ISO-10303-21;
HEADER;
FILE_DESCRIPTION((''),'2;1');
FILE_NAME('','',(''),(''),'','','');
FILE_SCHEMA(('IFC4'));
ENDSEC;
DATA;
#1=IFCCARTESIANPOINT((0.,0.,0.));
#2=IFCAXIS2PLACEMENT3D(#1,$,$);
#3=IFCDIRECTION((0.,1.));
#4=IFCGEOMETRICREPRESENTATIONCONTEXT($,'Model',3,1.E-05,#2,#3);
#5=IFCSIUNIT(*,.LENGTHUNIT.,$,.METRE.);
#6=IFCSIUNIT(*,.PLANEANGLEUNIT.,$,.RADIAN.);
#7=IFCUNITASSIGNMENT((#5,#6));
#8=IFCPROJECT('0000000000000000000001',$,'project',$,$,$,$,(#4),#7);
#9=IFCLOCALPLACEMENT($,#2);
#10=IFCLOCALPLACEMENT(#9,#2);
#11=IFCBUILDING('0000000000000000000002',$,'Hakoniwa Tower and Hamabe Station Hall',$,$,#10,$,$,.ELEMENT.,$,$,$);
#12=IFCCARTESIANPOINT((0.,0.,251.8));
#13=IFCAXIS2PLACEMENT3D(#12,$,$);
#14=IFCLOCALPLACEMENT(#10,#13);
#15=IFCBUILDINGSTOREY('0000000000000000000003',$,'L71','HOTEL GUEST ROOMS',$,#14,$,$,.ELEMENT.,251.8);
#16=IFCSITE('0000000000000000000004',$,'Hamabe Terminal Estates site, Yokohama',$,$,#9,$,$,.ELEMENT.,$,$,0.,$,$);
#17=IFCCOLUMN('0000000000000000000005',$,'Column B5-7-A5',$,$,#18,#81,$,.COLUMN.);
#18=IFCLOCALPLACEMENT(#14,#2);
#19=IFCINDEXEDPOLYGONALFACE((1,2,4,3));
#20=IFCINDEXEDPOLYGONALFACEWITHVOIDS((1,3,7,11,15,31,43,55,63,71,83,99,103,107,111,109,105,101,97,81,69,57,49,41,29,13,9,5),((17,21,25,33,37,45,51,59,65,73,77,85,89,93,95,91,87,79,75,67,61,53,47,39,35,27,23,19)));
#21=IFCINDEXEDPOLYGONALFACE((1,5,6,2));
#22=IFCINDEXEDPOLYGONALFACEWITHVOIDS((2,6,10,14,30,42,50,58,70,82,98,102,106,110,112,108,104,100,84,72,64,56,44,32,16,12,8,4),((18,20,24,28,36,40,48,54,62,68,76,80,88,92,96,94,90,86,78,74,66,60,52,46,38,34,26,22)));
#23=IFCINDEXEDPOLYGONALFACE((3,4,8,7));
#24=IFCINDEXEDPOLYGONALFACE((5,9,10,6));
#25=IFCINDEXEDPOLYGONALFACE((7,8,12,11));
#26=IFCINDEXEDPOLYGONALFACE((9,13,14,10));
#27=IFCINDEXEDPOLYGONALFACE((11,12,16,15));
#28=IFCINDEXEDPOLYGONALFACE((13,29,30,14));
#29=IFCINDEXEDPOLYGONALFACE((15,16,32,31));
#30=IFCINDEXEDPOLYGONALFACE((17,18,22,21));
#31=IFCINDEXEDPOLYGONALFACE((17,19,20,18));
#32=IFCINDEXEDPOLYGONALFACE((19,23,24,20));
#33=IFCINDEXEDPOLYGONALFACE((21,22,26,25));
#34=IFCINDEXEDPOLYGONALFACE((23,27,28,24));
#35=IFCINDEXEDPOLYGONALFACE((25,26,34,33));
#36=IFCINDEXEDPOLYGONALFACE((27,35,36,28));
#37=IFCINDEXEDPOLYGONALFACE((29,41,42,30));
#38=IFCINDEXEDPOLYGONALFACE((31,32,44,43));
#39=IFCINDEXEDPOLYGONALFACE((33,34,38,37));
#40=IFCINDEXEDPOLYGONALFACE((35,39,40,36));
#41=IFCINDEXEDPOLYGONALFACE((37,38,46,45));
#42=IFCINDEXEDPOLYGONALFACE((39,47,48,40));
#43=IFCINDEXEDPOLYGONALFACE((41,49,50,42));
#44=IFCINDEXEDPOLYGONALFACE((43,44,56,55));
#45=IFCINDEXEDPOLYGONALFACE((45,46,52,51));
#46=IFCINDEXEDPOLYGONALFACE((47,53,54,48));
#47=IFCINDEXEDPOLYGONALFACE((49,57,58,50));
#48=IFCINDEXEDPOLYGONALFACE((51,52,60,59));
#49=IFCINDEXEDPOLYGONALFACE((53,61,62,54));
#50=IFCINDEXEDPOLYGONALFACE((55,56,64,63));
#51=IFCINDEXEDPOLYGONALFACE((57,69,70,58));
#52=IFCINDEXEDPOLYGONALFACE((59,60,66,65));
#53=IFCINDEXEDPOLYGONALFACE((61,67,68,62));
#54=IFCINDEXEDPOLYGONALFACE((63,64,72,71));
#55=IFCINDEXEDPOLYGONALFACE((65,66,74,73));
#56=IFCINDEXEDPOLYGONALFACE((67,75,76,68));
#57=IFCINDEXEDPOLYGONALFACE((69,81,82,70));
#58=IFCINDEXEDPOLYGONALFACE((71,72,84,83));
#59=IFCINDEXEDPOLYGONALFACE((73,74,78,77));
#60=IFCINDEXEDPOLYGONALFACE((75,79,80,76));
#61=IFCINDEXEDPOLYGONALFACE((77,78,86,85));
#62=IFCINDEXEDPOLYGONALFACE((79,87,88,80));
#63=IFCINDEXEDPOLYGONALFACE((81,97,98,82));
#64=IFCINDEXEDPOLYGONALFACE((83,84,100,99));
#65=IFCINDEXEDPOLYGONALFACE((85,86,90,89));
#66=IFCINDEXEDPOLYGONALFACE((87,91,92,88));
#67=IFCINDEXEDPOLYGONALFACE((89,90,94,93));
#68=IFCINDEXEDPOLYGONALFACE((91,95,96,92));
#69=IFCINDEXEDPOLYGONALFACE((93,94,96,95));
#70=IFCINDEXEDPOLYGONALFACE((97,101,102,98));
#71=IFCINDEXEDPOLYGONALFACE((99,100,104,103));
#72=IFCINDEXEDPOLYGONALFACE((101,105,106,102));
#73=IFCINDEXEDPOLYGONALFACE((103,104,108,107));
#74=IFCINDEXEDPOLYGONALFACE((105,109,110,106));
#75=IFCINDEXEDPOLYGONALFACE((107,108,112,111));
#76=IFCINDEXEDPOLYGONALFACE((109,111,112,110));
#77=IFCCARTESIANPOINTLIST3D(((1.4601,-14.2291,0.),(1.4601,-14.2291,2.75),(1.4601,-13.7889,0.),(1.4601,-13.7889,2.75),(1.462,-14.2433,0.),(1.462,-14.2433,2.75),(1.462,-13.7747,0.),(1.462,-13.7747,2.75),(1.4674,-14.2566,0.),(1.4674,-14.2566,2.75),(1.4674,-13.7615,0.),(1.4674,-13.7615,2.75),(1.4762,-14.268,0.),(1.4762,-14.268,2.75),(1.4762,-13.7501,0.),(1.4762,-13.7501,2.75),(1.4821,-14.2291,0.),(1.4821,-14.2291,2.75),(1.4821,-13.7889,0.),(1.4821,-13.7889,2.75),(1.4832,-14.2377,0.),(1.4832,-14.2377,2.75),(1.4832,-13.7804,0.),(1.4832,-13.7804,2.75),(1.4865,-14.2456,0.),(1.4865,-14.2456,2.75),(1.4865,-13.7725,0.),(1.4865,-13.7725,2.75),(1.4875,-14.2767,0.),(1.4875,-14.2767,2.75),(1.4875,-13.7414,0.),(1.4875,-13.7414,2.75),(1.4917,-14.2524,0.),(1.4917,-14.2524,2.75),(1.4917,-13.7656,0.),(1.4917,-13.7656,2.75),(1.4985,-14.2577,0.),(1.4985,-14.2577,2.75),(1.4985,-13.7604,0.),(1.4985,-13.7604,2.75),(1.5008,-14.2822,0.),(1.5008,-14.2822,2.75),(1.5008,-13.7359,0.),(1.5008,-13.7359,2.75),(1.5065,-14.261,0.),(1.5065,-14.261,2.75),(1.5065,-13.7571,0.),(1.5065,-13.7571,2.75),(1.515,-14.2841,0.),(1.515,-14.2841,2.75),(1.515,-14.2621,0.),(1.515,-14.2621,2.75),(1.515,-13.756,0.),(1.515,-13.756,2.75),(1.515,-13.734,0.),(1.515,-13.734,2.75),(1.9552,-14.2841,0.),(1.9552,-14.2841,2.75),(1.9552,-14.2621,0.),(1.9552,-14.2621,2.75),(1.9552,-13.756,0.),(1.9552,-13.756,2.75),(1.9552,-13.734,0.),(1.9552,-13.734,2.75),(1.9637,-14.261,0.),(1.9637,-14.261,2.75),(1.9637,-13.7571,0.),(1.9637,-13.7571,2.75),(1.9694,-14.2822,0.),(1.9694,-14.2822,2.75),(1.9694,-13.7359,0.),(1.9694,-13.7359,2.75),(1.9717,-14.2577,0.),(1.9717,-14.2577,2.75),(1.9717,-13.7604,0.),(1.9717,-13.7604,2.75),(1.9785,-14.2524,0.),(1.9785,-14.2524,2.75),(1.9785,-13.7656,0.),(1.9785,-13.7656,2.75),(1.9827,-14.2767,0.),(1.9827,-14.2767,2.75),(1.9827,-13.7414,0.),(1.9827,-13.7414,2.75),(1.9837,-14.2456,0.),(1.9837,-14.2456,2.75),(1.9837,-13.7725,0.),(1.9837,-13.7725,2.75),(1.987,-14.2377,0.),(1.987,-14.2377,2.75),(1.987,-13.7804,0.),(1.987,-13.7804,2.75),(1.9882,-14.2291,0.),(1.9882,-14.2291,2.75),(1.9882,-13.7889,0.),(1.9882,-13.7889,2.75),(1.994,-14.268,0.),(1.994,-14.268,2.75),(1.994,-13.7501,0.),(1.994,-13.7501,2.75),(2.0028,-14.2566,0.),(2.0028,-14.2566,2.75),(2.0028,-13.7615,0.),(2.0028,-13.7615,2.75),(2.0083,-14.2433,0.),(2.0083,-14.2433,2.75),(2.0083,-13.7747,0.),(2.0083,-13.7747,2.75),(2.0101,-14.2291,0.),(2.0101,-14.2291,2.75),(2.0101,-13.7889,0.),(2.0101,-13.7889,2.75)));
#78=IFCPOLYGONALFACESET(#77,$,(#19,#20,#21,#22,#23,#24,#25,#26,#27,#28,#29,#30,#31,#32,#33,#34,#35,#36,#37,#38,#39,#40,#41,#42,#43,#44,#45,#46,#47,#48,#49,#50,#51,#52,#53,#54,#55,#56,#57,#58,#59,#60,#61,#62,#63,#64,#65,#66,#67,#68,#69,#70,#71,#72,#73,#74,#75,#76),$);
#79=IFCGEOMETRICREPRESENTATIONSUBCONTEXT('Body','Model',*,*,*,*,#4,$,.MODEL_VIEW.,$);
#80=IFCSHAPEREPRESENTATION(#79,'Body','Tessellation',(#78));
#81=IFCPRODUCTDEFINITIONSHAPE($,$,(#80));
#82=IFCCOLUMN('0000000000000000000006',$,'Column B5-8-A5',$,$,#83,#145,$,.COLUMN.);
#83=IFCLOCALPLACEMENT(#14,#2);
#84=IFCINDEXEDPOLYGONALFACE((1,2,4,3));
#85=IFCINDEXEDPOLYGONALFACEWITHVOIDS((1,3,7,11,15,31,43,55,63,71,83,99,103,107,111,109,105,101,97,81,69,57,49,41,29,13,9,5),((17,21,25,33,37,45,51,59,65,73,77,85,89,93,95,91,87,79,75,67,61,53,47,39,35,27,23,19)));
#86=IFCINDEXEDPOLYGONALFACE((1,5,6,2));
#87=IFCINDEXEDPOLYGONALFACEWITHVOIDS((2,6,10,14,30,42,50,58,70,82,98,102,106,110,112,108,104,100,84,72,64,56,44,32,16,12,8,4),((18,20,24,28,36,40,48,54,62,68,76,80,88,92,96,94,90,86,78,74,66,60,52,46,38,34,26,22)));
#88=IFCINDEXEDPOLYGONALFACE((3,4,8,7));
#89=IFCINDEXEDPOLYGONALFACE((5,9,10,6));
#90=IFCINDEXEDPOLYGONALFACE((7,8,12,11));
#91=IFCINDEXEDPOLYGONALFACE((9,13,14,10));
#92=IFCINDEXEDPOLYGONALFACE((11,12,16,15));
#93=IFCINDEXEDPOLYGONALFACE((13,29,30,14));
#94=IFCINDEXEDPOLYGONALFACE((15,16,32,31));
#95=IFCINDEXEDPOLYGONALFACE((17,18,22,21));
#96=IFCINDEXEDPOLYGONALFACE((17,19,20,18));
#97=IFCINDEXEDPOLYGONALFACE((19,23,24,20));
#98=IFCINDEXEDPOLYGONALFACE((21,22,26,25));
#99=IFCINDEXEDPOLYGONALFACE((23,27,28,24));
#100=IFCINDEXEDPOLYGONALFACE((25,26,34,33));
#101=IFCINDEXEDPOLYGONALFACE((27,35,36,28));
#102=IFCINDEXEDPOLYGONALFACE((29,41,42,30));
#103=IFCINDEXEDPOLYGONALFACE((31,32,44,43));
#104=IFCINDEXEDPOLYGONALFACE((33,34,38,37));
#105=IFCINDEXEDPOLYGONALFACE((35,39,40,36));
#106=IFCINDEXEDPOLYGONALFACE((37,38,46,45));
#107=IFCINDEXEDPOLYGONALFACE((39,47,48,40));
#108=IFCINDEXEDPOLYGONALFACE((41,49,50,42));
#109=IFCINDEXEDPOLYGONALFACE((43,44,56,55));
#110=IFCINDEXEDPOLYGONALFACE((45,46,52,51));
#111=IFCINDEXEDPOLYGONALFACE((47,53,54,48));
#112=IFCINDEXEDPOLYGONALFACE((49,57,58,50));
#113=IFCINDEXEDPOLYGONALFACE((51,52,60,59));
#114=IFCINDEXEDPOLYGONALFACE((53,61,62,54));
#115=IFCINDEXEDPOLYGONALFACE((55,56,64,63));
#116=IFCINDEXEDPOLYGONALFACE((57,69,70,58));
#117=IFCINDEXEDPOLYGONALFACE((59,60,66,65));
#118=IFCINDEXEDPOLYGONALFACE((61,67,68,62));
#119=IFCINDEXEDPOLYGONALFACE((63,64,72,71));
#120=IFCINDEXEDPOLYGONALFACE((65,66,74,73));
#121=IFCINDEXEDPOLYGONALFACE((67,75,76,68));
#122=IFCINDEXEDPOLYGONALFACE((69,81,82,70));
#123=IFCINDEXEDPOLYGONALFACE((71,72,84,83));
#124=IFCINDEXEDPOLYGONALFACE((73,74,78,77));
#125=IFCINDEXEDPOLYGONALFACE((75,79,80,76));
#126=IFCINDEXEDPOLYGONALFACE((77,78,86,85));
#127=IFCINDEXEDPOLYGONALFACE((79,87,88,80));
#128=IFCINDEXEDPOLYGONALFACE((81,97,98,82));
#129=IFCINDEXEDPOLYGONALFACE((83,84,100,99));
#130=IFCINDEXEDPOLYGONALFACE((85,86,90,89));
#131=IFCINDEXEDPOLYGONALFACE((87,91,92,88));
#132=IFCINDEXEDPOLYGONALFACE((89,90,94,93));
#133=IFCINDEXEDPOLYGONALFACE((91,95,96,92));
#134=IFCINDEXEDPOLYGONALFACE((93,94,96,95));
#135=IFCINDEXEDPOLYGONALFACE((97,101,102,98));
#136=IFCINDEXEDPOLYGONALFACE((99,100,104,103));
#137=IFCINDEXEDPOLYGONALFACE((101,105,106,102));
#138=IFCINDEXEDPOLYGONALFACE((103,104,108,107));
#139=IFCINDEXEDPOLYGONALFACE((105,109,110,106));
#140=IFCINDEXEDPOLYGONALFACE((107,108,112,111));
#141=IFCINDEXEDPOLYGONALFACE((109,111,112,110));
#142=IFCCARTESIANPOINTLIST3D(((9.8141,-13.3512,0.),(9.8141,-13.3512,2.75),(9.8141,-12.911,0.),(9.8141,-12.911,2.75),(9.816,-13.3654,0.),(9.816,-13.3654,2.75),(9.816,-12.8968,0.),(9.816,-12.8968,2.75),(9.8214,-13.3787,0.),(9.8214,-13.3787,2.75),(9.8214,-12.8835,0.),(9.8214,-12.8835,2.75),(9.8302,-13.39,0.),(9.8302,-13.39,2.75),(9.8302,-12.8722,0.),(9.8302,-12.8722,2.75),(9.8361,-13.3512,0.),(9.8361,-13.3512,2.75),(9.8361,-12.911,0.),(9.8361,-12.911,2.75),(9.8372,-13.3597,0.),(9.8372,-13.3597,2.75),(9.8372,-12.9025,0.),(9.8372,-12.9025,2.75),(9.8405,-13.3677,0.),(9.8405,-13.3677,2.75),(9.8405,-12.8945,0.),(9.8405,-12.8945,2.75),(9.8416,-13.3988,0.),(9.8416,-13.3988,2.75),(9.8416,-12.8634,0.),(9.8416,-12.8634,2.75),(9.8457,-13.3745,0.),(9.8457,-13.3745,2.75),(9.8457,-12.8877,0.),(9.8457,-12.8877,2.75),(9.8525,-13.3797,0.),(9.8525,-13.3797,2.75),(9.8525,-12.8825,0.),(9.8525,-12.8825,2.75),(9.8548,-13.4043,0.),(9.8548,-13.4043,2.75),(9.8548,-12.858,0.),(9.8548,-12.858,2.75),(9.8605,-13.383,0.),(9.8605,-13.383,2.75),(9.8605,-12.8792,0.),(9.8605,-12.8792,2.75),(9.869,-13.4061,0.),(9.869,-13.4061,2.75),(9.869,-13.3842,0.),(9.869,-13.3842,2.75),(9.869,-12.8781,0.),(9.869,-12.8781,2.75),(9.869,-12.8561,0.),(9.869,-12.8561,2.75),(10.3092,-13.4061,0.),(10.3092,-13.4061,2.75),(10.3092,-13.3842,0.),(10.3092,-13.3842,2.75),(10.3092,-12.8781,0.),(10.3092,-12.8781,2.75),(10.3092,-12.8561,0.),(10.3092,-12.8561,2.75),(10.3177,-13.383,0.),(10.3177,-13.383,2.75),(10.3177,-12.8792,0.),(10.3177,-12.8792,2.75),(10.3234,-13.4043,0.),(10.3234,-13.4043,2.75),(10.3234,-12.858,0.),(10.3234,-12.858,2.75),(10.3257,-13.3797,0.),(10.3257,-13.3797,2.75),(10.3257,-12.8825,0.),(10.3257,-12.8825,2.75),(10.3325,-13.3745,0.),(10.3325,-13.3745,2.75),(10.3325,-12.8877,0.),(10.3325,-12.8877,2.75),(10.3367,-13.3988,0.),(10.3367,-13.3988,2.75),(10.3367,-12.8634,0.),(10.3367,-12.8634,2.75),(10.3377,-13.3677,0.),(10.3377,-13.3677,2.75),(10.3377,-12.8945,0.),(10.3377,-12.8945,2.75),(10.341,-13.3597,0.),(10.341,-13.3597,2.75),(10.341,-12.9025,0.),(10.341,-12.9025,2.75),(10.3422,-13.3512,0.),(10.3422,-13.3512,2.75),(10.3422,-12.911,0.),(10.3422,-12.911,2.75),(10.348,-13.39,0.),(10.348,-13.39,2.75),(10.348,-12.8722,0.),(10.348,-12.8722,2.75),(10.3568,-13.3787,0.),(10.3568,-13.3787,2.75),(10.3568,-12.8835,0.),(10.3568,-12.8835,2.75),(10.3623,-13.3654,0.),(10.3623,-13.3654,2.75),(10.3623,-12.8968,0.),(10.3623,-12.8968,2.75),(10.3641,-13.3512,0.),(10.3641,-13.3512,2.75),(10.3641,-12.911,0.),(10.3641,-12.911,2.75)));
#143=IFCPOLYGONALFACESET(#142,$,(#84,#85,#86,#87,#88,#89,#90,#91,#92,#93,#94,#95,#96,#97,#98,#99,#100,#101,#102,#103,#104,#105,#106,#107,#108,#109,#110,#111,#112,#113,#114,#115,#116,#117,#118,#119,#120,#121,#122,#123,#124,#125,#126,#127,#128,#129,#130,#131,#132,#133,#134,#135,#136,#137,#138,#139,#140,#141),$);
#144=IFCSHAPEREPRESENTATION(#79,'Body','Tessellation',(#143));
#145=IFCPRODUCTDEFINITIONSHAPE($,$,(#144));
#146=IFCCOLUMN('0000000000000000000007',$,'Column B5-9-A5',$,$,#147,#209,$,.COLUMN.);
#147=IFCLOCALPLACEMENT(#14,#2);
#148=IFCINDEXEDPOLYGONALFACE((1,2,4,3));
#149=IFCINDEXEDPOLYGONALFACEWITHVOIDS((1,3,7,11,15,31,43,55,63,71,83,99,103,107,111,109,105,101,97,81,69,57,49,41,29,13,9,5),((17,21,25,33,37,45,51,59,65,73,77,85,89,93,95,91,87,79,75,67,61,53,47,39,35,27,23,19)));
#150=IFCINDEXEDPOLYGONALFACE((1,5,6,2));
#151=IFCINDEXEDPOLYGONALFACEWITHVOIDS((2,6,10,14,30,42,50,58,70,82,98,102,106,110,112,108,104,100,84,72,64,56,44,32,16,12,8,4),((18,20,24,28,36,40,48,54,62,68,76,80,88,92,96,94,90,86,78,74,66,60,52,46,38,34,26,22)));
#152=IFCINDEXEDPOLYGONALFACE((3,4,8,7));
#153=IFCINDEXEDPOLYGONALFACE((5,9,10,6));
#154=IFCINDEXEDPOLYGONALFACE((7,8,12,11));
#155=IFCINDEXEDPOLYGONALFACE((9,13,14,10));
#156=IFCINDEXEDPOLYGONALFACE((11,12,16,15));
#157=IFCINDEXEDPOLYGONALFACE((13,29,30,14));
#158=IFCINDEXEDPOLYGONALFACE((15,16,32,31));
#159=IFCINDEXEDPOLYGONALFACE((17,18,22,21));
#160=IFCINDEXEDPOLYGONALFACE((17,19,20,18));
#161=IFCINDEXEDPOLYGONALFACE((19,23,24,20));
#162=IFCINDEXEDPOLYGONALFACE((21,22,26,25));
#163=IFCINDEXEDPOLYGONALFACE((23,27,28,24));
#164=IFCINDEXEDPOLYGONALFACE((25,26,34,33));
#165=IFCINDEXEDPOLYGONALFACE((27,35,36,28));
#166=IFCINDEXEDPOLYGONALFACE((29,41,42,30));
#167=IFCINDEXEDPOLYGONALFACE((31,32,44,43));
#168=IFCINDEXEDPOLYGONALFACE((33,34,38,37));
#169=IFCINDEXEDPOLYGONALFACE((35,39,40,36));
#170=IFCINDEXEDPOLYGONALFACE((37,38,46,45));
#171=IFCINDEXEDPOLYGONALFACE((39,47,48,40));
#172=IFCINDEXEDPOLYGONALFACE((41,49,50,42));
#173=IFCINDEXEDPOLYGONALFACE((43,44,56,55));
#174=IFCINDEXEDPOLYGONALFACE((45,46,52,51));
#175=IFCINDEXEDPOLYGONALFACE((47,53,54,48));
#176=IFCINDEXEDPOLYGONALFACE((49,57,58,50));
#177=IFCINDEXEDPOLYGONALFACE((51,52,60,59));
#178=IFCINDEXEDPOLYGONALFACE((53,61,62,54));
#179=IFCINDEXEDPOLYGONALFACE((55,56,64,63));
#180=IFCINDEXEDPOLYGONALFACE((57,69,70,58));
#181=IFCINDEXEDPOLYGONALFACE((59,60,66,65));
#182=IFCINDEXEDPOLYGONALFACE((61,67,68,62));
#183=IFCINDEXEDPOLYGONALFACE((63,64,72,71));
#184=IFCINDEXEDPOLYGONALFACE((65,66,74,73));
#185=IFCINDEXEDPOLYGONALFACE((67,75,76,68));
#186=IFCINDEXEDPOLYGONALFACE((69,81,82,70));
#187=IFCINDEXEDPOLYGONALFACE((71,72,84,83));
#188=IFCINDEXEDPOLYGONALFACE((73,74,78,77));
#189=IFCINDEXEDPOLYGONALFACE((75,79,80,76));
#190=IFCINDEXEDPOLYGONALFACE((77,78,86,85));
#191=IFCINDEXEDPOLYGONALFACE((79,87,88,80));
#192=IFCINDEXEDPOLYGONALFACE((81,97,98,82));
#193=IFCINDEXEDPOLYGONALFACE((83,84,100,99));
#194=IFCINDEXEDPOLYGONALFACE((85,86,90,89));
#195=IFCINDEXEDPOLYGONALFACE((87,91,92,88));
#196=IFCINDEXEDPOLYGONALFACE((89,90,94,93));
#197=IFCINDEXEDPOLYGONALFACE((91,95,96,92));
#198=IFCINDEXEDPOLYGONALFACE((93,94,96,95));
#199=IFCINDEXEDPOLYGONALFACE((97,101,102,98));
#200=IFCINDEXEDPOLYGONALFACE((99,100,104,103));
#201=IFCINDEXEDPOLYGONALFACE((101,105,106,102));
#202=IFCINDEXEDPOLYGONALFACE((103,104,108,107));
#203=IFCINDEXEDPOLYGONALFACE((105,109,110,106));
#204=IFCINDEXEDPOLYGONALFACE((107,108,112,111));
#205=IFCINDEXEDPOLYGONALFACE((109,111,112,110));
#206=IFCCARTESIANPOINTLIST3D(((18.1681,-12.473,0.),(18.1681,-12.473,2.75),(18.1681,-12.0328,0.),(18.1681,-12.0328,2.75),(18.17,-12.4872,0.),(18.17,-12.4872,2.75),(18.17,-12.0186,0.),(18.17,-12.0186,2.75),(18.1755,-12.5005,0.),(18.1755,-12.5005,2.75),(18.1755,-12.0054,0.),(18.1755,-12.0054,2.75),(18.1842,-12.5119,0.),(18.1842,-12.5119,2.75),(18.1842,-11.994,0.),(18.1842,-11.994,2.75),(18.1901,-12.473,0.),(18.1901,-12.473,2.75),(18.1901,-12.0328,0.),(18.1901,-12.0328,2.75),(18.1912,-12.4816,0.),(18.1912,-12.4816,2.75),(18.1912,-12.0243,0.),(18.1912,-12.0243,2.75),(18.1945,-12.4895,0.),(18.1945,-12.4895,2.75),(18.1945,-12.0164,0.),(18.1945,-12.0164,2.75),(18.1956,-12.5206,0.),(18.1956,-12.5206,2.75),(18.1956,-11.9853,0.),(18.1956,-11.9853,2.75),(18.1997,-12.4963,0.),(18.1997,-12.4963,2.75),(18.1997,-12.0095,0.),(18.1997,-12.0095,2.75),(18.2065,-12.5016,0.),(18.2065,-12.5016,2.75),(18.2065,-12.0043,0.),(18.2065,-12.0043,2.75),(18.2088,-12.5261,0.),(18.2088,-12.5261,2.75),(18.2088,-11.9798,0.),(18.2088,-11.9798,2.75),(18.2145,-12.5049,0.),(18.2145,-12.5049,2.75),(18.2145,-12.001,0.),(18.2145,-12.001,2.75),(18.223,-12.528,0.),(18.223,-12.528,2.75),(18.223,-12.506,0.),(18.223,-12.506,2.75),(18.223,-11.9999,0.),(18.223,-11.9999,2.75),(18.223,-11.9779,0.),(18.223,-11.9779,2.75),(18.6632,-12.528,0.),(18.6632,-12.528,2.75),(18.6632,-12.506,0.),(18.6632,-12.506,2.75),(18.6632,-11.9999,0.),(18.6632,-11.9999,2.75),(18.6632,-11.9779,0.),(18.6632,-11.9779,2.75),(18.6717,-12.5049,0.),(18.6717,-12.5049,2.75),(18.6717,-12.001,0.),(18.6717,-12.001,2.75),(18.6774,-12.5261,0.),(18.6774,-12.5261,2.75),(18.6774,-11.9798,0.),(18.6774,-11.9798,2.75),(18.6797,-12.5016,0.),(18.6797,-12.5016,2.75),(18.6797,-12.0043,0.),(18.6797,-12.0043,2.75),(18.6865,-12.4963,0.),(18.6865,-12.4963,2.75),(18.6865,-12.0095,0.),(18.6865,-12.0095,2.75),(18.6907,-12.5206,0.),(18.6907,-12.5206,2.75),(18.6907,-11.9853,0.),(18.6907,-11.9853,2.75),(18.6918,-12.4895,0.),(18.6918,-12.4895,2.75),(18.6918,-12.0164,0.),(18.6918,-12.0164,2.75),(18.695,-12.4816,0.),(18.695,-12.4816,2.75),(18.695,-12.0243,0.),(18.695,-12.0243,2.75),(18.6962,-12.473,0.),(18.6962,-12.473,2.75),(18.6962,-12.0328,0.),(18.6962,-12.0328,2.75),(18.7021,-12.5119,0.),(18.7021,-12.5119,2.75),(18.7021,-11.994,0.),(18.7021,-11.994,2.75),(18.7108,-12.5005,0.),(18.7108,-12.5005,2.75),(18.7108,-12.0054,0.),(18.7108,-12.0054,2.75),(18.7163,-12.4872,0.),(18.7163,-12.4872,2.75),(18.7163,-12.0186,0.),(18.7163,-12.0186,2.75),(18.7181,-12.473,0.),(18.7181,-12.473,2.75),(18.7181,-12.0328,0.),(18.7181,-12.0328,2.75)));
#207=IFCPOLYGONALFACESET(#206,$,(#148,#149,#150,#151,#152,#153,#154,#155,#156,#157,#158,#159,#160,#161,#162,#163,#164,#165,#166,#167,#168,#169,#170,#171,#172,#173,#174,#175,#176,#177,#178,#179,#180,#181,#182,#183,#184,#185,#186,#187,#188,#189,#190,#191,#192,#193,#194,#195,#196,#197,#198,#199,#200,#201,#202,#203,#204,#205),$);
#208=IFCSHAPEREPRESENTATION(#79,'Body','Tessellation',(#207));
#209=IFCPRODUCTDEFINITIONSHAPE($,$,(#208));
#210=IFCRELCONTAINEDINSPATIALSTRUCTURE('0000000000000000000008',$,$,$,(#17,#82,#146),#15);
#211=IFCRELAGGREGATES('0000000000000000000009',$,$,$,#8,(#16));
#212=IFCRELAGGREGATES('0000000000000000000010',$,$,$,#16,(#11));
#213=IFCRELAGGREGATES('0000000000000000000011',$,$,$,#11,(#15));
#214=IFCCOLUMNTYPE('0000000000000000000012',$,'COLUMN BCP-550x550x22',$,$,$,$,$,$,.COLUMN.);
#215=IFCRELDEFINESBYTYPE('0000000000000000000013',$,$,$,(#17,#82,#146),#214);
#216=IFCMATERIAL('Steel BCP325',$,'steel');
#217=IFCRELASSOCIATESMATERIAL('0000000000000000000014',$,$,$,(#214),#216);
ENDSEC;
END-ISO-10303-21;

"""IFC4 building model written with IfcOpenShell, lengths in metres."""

from ifc_helpers import new_model, si_unit, direction, frame, origin, origin_2d, place, context, subcontext, project, spatial, hollow_rectangle, extrude, material, material_profile, profile_set, type_object, element, save


model = new_model("IFC4")

# Units and contexts
model_context = context("Model", 3, precision=1e-05, world=origin(), true_north=direction((0.0, 1.0)))
body_context = subcontext(model_context, "Body", "Model", "MODEL_VIEW")
ifc_project = project(units=[si_unit("LENGTHUNIT", "METRE"), si_unit("PLANEANGLEUNIT", "RADIAN")], contexts=[model_context])

# Site, building, storey
site_placement = place(None, origin())
site = spatial("IfcSite", under=ifc_project, at=site_placement, Name="Hamabe Terminal Estates site, Yokohama", CompositionType="ELEMENT", RefElevation=0.0)
building_placement = place(site_placement, origin())
building = spatial("IfcBuilding", under=site, at=building_placement, Name="Hakoniwa Tower and Hamabe Station Hall", CompositionType="ELEMENT")
storey_placement = place(building_placement, frame((0.0, 0.0, 251.8)))
storey = spatial("IfcBuildingStorey", under=building, at=storey_placement, Name="L71", Description="HOTEL GUEST ROOMS", CompositionType="ELEMENT", Elevation=251.8)

# Columns
ifc_material_1 = material(Name="Steel BCP325", Category="steel")
ifc_material_profile_1 = material_profile(ifc_material_1, hollow_rectangle(XDim=0.55, YDim=0.55, WallThickness=0.022, InnerFilletRadius=0.033, OuterFilletRadius=0.0549, at=origin_2d()), Name="BCP-550x550x22")
ifc_profile_set_1 = profile_set([ifc_material_profile_1], Name="Steel BCP325")
column_type = type_object("IfcColumnType", Name="COLUMN BCP-550x550x22", PredefinedType="COLUMN", material=ifc_profile_set_1)
for number, where, z_axis, x_axis, name in (
    (1, (1.7351, -14.009, 0.0), (0.0, 0.0, 1.0), (1.0, 0.0, 0.0), "Column B5-7-A5"),
    (2, (10.0891, -13.1311, 0.0), (0.0, 0.0, 1.0), (1.0, 0.0, 0.0), "Column B5-8-A5"),
    (3, (18.4431, -12.2529, 0.0), (0.0, 0.0, 1.0), (1.0, 0.0, 0.0), "Column B5-9-A5"),
):
    element("IfcColumn", number, at=place(storey_placement, frame(where, z_axis=z_axis, x_axis=x_axis)), inside=storey, type_object=column_type, Name=name, PredefinedType="COLUMN", context=body_context, shape_type="SweptSolid", body=[
        extrude(hollow_rectangle(XDim=0.55, YDim=0.55, WallThickness=0.022, InnerFilletRadius=0.033, OuterFilletRadius=0.0549, at=origin_2d()), origin(), (0.0, 0.0, 1.0), 2.75),
    ])

save(model, "model.ifc")
